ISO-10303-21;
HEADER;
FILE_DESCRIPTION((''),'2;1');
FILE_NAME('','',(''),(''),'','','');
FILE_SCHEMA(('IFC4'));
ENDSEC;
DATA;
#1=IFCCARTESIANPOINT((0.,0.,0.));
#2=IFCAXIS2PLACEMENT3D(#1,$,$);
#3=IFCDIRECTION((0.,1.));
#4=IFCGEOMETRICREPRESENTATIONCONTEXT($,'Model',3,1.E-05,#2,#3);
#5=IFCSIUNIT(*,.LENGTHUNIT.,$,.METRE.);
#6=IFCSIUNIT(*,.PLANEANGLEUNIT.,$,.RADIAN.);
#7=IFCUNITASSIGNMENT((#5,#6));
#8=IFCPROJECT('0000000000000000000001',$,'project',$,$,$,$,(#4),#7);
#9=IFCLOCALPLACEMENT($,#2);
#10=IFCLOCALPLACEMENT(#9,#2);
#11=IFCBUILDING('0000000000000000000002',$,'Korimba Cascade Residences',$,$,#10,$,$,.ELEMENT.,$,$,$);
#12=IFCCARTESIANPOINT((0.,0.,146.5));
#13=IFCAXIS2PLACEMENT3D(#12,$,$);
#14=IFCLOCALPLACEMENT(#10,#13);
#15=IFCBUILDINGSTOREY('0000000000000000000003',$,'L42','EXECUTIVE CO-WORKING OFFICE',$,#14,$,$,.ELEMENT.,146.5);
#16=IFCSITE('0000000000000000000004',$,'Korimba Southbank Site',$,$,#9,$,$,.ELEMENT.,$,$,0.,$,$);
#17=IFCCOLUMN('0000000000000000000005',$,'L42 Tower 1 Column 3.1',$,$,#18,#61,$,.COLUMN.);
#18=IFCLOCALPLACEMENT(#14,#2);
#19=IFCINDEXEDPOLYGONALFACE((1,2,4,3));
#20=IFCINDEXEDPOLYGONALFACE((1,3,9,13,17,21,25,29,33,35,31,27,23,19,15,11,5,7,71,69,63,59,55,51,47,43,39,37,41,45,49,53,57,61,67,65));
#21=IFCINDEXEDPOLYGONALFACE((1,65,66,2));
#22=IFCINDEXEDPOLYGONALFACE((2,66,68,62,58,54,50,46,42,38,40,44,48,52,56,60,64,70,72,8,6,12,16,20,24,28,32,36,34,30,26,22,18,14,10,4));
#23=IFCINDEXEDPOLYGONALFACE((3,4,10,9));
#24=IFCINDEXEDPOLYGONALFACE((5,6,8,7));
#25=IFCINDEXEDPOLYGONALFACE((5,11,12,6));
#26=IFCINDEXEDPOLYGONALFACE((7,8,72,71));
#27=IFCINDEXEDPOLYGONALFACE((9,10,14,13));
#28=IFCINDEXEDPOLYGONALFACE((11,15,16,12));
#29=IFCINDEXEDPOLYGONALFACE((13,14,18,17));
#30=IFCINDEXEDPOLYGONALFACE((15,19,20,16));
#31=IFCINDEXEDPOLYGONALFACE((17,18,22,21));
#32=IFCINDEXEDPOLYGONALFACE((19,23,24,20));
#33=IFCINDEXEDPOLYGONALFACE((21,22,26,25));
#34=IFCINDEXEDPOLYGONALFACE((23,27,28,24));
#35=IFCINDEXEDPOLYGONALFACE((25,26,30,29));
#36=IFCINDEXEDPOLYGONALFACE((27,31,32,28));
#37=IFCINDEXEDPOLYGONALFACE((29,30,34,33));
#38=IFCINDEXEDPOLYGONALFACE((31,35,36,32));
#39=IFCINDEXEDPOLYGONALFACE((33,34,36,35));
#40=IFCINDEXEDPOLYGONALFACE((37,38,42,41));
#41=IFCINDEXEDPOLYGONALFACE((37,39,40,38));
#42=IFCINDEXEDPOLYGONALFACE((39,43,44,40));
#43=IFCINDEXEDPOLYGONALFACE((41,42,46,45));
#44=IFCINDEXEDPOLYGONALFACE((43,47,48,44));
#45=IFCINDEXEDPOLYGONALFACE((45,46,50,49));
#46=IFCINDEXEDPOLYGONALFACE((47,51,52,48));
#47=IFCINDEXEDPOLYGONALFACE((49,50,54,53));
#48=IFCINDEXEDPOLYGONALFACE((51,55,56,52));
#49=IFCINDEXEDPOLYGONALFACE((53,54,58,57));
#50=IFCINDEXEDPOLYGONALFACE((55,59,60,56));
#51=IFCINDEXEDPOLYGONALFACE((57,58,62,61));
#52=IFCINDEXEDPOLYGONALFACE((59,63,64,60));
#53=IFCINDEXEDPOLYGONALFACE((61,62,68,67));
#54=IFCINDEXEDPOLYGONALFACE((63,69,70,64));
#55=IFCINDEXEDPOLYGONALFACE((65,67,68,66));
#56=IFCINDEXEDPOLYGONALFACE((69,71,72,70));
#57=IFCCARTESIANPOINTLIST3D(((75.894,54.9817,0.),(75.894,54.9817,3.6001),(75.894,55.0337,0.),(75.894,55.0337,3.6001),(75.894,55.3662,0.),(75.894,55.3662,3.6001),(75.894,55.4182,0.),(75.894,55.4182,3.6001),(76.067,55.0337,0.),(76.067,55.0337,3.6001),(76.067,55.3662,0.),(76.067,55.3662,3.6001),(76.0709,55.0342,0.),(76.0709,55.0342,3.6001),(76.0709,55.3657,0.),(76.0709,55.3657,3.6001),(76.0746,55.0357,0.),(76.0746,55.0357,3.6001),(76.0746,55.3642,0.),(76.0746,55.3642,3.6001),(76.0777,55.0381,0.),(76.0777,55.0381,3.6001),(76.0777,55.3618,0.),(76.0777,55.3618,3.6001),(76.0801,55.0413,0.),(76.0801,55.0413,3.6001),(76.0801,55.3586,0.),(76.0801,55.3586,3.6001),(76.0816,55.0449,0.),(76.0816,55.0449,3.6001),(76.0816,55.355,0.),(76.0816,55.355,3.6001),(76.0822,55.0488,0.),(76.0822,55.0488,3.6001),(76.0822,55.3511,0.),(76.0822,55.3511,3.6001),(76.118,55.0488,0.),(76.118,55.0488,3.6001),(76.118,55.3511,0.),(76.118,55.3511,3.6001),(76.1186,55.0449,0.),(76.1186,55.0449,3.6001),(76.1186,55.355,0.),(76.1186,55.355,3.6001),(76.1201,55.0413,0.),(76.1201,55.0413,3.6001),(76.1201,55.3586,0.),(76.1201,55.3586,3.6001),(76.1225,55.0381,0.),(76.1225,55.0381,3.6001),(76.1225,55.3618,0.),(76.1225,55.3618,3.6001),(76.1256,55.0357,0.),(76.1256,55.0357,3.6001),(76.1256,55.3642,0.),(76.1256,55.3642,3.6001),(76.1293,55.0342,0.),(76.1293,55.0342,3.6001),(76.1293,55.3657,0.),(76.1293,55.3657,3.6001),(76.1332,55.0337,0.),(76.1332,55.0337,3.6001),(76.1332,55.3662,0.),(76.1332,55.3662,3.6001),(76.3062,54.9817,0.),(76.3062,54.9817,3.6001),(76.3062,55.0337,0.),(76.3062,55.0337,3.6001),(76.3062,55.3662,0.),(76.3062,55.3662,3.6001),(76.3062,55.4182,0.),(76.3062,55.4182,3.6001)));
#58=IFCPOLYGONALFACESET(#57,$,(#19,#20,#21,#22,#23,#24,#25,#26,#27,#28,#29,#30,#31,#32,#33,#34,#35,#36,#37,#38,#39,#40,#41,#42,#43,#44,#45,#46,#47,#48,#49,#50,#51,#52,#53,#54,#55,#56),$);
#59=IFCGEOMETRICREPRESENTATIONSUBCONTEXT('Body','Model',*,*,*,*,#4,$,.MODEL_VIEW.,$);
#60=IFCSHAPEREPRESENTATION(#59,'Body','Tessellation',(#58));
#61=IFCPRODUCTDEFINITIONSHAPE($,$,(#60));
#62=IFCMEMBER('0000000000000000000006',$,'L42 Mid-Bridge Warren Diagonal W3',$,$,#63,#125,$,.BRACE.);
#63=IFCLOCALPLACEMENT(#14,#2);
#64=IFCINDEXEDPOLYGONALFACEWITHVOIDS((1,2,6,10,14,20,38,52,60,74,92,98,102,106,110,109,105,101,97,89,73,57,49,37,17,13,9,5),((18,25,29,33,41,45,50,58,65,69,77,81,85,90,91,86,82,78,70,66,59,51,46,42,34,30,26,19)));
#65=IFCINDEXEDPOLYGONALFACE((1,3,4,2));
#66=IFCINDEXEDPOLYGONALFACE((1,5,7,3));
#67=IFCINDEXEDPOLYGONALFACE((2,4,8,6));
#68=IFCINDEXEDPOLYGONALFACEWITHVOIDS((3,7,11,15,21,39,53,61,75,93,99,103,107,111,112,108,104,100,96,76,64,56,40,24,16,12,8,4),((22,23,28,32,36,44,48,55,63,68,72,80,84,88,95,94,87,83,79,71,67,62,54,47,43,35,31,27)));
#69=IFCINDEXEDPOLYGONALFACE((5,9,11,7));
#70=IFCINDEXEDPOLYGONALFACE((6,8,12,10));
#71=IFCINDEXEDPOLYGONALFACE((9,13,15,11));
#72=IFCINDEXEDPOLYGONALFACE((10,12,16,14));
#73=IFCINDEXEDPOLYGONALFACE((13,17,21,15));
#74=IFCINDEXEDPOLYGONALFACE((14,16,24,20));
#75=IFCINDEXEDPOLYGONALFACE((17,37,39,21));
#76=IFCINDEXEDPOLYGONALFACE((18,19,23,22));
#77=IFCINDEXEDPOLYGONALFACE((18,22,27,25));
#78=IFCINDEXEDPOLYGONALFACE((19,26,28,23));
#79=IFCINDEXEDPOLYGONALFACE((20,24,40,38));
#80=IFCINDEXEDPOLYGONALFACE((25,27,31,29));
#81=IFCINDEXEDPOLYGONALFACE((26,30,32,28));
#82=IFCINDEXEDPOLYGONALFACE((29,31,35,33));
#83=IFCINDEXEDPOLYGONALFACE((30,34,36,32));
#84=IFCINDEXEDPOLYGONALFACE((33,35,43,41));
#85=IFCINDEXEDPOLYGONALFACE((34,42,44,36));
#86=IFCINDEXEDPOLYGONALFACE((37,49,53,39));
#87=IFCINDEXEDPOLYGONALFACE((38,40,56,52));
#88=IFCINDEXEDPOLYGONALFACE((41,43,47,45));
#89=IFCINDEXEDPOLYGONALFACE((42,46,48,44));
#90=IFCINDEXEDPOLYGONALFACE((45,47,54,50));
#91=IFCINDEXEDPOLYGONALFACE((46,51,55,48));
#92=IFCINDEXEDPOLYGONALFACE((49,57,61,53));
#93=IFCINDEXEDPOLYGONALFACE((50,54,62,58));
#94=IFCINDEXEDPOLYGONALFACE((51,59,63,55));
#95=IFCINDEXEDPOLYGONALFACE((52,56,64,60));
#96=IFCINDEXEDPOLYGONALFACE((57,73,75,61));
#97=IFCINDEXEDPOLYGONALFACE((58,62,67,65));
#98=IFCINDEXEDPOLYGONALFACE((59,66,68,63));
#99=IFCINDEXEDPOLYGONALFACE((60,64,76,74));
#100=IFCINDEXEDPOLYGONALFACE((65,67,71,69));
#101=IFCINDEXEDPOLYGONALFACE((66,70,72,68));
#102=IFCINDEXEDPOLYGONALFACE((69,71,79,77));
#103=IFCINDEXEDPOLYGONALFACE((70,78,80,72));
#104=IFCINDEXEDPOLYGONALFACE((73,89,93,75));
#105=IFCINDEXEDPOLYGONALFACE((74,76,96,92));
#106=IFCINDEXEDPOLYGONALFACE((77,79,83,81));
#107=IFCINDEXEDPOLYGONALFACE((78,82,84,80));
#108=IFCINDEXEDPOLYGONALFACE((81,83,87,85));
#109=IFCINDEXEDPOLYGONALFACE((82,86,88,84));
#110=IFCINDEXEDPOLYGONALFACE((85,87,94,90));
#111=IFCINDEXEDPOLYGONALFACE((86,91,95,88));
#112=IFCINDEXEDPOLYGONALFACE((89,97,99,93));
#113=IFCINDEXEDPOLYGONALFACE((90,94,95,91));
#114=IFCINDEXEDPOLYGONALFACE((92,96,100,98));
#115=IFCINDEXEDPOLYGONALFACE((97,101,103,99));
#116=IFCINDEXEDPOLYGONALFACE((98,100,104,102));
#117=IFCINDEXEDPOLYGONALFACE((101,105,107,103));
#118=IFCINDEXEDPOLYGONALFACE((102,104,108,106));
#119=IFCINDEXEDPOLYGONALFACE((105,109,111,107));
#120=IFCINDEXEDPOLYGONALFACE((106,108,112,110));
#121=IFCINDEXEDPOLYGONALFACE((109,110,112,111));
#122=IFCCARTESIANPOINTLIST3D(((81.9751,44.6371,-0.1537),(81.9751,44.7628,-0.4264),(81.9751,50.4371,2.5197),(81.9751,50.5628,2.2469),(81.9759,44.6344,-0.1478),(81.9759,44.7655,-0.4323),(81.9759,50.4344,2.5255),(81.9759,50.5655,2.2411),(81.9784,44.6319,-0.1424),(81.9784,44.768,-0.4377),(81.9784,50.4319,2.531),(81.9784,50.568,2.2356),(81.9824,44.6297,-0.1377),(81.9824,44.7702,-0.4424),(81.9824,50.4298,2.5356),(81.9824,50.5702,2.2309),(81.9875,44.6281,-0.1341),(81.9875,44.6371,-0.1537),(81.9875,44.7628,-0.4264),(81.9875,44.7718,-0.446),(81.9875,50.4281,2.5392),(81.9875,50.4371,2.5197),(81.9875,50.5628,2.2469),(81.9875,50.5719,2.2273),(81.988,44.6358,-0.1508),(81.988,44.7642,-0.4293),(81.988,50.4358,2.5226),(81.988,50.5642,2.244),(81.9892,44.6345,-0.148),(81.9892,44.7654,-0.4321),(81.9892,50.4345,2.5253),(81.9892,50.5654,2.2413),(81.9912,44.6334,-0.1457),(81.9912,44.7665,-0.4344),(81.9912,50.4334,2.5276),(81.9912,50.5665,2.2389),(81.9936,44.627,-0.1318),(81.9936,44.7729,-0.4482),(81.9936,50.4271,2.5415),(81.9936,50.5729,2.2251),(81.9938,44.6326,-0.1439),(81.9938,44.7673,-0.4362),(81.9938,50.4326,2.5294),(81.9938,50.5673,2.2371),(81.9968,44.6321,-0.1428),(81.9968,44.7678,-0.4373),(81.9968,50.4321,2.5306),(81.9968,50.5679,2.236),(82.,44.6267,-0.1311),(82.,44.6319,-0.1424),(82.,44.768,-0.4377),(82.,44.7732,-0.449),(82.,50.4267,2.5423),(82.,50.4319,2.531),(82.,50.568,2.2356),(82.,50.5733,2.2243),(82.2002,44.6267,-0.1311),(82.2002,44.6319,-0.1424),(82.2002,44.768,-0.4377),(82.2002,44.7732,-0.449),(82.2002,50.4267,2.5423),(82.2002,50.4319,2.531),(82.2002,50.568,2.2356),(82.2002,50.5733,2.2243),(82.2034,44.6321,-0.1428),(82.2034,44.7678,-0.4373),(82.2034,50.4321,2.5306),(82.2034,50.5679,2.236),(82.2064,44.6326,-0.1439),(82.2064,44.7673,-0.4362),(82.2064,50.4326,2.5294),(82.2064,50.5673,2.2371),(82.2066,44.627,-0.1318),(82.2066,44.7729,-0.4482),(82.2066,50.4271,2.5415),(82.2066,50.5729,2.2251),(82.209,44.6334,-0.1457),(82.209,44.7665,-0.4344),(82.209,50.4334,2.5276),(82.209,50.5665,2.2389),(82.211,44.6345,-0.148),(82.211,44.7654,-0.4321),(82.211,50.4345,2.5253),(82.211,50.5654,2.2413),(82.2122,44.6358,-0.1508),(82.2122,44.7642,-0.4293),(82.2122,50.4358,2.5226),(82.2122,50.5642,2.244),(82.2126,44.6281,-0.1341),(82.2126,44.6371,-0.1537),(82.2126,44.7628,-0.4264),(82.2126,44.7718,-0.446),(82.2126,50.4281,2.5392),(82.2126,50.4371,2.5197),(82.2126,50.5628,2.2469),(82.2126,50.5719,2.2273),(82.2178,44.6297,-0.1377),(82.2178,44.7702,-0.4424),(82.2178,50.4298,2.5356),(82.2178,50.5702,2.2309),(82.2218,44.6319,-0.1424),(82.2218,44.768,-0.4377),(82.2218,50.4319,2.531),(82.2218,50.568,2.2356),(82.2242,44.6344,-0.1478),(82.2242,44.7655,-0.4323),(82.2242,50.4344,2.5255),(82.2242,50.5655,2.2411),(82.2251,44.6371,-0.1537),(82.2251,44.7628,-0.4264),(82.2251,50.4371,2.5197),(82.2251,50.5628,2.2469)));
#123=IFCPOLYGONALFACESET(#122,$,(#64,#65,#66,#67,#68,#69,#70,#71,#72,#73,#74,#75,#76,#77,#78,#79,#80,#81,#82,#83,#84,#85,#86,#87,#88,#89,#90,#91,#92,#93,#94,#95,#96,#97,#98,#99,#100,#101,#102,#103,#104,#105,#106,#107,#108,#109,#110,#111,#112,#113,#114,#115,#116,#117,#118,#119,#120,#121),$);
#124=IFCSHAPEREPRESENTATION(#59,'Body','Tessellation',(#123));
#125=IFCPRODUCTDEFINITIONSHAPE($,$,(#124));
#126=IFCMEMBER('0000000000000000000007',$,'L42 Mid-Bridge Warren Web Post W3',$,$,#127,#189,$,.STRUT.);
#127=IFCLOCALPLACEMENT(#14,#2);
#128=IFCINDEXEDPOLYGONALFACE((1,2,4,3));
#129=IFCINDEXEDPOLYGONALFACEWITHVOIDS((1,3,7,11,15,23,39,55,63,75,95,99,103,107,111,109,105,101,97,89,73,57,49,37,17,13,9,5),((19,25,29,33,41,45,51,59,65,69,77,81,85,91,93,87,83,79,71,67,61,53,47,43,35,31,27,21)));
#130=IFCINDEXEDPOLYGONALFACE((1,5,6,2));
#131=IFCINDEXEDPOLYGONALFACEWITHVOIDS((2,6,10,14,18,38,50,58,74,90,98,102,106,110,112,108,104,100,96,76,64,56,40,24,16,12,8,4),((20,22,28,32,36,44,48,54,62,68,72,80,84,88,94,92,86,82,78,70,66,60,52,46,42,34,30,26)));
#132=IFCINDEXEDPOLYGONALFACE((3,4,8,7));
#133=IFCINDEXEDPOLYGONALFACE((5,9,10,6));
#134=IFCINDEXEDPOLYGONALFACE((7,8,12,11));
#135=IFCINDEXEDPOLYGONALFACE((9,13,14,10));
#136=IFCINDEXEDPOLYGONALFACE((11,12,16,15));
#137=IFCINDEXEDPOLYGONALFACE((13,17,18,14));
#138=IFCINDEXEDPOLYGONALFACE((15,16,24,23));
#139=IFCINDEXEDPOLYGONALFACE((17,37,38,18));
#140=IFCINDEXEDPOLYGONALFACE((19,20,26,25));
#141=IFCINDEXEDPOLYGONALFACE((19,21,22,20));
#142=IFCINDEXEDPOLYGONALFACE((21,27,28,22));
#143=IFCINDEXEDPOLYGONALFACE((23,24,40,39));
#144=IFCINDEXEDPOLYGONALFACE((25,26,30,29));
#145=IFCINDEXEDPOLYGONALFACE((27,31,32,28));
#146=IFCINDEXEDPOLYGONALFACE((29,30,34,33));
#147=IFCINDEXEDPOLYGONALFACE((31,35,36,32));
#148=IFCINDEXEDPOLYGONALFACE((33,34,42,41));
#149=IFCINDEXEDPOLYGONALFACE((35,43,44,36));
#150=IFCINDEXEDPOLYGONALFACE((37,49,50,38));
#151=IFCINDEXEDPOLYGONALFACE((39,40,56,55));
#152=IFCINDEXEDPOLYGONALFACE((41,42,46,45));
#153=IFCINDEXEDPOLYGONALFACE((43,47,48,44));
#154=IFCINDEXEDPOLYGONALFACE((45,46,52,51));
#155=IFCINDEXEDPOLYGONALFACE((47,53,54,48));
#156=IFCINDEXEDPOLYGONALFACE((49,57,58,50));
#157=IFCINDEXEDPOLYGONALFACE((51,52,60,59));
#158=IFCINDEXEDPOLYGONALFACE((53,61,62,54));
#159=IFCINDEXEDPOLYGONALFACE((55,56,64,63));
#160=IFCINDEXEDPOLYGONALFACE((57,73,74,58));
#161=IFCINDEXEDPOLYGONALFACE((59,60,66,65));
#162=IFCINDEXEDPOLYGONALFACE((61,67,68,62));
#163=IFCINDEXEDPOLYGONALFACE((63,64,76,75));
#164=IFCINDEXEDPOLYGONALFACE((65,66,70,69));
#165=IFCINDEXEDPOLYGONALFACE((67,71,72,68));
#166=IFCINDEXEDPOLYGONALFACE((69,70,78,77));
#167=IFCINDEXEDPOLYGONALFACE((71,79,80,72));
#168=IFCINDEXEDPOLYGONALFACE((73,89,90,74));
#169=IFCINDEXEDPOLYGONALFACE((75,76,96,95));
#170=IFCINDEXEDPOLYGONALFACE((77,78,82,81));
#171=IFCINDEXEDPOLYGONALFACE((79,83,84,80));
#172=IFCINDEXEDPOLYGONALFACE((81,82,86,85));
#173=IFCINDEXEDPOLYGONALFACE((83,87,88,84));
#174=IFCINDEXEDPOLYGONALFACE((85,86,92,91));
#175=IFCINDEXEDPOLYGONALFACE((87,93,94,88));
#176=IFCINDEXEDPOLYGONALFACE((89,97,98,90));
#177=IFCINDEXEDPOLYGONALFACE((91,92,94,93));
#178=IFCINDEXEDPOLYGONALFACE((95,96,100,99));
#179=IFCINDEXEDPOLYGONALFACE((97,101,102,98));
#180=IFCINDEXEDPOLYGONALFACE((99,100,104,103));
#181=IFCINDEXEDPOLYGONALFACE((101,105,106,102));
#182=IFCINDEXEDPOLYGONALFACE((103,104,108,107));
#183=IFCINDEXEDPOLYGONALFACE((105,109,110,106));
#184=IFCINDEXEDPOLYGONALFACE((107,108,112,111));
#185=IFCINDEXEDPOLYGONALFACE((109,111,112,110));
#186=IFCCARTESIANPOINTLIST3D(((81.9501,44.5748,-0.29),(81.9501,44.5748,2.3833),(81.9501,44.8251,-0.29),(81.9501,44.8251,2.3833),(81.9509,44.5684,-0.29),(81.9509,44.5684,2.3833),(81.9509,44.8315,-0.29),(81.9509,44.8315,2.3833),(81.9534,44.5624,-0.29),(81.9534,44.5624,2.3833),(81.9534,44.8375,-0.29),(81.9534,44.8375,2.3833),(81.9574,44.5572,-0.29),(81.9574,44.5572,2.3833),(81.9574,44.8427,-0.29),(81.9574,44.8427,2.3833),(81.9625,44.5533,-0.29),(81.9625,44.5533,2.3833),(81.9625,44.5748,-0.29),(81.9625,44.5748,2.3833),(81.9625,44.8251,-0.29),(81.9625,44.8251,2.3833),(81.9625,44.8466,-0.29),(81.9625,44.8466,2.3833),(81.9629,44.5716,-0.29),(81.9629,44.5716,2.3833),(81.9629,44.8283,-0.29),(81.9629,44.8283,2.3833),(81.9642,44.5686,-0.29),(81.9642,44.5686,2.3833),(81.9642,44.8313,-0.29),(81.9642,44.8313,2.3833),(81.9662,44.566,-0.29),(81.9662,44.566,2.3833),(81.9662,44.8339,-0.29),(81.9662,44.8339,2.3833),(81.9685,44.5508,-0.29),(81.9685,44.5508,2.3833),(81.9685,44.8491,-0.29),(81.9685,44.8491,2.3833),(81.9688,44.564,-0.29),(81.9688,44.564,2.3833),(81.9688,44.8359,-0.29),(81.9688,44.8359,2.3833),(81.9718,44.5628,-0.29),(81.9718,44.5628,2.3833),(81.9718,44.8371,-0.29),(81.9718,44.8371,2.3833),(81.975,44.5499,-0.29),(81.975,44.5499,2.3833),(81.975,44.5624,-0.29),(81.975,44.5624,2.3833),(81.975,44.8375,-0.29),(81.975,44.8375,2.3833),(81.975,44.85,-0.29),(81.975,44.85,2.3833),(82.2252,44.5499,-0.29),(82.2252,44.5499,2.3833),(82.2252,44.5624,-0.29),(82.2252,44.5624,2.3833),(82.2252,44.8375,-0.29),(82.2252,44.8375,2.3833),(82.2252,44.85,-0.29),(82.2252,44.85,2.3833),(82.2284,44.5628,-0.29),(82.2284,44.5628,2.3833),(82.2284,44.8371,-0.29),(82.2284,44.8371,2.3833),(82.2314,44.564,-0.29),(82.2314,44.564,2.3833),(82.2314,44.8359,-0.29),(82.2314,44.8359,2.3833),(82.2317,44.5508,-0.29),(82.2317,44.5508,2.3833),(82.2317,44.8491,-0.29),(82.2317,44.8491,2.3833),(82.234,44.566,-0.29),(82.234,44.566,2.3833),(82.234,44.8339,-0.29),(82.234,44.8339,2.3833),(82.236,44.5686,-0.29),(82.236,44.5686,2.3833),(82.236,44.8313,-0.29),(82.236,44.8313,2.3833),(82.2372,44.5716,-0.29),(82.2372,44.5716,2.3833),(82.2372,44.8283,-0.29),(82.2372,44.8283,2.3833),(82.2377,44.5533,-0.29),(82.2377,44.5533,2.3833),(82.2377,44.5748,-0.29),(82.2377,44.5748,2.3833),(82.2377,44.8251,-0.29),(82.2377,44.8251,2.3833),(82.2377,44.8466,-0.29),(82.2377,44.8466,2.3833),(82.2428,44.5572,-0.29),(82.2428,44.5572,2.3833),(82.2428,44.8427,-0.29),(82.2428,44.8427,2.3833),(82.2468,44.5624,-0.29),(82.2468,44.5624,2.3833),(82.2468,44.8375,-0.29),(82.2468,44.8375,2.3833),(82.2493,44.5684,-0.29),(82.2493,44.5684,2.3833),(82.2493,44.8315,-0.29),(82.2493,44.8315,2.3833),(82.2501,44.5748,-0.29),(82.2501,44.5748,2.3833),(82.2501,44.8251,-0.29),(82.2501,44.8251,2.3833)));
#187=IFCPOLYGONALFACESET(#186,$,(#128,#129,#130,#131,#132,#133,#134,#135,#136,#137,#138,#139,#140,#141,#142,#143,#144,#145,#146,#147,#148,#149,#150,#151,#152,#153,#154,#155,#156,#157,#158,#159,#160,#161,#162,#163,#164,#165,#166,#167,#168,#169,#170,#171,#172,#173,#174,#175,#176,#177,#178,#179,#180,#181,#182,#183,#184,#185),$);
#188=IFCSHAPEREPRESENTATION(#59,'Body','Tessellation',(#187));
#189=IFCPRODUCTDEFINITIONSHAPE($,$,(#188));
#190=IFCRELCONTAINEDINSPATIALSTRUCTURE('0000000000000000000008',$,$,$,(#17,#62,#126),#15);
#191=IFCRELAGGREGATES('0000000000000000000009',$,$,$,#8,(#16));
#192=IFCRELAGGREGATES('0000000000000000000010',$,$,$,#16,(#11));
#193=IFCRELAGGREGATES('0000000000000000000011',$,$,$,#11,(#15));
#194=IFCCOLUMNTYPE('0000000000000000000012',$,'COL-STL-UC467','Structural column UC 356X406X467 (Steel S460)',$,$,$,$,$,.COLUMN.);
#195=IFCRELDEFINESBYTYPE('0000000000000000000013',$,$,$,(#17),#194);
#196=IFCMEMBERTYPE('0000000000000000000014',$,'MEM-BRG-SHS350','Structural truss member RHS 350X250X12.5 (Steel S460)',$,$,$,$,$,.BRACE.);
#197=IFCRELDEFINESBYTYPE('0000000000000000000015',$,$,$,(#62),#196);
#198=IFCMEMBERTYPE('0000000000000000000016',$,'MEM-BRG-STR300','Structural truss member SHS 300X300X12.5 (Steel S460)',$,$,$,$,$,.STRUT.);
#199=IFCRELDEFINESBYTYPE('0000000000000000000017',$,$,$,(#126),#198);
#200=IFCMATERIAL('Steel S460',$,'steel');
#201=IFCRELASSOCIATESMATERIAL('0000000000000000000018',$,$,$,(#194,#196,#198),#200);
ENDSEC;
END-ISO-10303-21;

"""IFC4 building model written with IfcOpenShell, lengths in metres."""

from ifc_helpers import new_model, si_unit, direction, frame, origin, origin_2d, place, context, subcontext, project, spatial, hollow_rectangle, i_section, extrude, material, material_profile, profile_set, type_object, element, save


model = new_model("IFC4")

# Units and contexts
model_context = context("Model", 3, precision=1e-05, world=origin(), true_north=direction((0.0, 1.0)))
body_context = subcontext(model_context, "Body", "Model", "MODEL_VIEW")
ifc_project = project(units=[si_unit("LENGTHUNIT", "METRE"), si_unit("PLANEANGLEUNIT", "RADIAN")], contexts=[model_context])

# Site, building, storey
site_placement = place(None, origin())
site = spatial("IfcSite", under=ifc_project, at=site_placement, Name="Korimba Southbank Site", CompositionType="ELEMENT", RefElevation=0.0)
building_placement = place(site_placement, origin())
building = spatial("IfcBuilding", under=site, at=building_placement, Name="Korimba Cascade Residences", CompositionType="ELEMENT")
storey_placement = place(building_placement, frame((0.0, 0.0, 146.5)))
storey = spatial("IfcBuildingStorey", under=building, at=storey_placement, Name="L42", Description="EXECUTIVE CO-WORKING OFFICE", CompositionType="ELEMENT", Elevation=146.5)

# Column
ifc_material_1 = material(Name="Steel S460", Category="steel")
ifc_material_profile_1 = material_profile(ifc_material_1, i_section(OverallWidth=0.4121, OverallDepth=0.4365, WebThickness=0.0359, FlangeThickness=0.052, FilletRadius=0.0151, at=origin_2d()), Name="Steel S460")
ifc_profile_set_1 = profile_set([ifc_material_profile_1], Name="Steel S460")
column_type = type_object("IfcColumnType", Name="COL-STL-UC467", Description="Structural column UC 356X406X467 (Steel S460)", PredefinedType="COLUMN", material=ifc_profile_set_1)
column_placement = place(storey_placement, frame((76.1001, 55.2, 0.0), z_axis=(0.0, 0.0, 1.0), x_axis=(1.0, 0.0, 0.0)))
element("IfcColumn", 1, at=column_placement, inside=storey, type_object=column_type, Name="L42 Tower 1 Column 3.1", PredefinedType="COLUMN", context=body_context, shape_type="SweptSolid", body=[
    extrude(i_section(OverallWidth=0.4121, OverallDepth=0.4365, WebThickness=0.0359, FlangeThickness=0.052, FilletRadius=0.0151, at=origin_2d()), origin(), (0.0, 0.0, 1.0), 3.6001),
])

# Members
ifc_material_profile_2 = material_profile(ifc_material_1, hollow_rectangle(XDim=0.25, YDim=0.3501, WallThickness=0.0125, InnerFilletRadius=0.0125, OuterFilletRadius=0.0249, at=origin_2d()), Name="Steel S460")
ifc_profile_set_2 = profile_set([ifc_material_profile_2], Name="Steel S460")
member_type_1 = type_object("IfcMemberType", Name="MEM-BRG-SHS350", Description="Structural truss member RHS 350X250X12.5 (Steel S460)", PredefinedType="BRACE", material=ifc_profile_set_2)
member_placement = place(storey_placement, frame((82.1001, 44.7, -0.29), z_axis=(0.0, 0.908174, 0.418593), x_axis=(-1.0, 0.0, 0.0)))
element("IfcMember", 2, at=member_placement, inside=storey, type_object=member_type_1, Name="L42 Mid-Bridge Warren Diagonal W3", PredefinedType="BRACE", context=body_context, shape_type="SweptSolid", body=[
    extrude(hollow_rectangle(XDim=0.25, YDim=0.3501, WallThickness=0.0125, InnerFilletRadius=0.0125, OuterFilletRadius=0.0249, at=origin_2d()), origin(), (0.0, 0.0, 1.0), 6.3865),
])
ifc_material_profile_3 = material_profile(ifc_material_1, hollow_rectangle(XDim=0.3, YDim=0.3, WallThickness=0.0125, InnerFilletRadius=0.0125, OuterFilletRadius=0.0249, at=origin_2d()), Name="Steel S460")
ifc_profile_set_3 = profile_set([ifc_material_profile_3], Name="Steel S460")
member_type_2 = type_object("IfcMemberType", Name="MEM-BRG-STR300", Description="Structural truss member SHS 300X300X12.5 (Steel S460)", PredefinedType="STRUT", material=ifc_profile_set_3)
for number, where, z_axis, x_axis, name in (
    (3, (82.1001, 44.7, -0.29), (0.0, 0.0, 1.0), (1.0, 0.0, 0.0), "L42 Mid-Bridge Warren Web Post W3"),
):
    element("IfcMember", number, at=place(storey_placement, frame(where, z_axis=z_axis, x_axis=x_axis)), inside=storey, type_object=member_type_2, Name=name, PredefinedType="STRUT", context=body_context, shape_type="SweptSolid", body=[
        extrude(hollow_rectangle(XDim=0.3, YDim=0.3, WallThickness=0.0125, InnerFilletRadius=0.0125, OuterFilletRadius=0.0249, at=origin_2d()), origin(), (0.0, 0.0, 1.0), 2.6733),
    ])

save(model, "model.ifc")
